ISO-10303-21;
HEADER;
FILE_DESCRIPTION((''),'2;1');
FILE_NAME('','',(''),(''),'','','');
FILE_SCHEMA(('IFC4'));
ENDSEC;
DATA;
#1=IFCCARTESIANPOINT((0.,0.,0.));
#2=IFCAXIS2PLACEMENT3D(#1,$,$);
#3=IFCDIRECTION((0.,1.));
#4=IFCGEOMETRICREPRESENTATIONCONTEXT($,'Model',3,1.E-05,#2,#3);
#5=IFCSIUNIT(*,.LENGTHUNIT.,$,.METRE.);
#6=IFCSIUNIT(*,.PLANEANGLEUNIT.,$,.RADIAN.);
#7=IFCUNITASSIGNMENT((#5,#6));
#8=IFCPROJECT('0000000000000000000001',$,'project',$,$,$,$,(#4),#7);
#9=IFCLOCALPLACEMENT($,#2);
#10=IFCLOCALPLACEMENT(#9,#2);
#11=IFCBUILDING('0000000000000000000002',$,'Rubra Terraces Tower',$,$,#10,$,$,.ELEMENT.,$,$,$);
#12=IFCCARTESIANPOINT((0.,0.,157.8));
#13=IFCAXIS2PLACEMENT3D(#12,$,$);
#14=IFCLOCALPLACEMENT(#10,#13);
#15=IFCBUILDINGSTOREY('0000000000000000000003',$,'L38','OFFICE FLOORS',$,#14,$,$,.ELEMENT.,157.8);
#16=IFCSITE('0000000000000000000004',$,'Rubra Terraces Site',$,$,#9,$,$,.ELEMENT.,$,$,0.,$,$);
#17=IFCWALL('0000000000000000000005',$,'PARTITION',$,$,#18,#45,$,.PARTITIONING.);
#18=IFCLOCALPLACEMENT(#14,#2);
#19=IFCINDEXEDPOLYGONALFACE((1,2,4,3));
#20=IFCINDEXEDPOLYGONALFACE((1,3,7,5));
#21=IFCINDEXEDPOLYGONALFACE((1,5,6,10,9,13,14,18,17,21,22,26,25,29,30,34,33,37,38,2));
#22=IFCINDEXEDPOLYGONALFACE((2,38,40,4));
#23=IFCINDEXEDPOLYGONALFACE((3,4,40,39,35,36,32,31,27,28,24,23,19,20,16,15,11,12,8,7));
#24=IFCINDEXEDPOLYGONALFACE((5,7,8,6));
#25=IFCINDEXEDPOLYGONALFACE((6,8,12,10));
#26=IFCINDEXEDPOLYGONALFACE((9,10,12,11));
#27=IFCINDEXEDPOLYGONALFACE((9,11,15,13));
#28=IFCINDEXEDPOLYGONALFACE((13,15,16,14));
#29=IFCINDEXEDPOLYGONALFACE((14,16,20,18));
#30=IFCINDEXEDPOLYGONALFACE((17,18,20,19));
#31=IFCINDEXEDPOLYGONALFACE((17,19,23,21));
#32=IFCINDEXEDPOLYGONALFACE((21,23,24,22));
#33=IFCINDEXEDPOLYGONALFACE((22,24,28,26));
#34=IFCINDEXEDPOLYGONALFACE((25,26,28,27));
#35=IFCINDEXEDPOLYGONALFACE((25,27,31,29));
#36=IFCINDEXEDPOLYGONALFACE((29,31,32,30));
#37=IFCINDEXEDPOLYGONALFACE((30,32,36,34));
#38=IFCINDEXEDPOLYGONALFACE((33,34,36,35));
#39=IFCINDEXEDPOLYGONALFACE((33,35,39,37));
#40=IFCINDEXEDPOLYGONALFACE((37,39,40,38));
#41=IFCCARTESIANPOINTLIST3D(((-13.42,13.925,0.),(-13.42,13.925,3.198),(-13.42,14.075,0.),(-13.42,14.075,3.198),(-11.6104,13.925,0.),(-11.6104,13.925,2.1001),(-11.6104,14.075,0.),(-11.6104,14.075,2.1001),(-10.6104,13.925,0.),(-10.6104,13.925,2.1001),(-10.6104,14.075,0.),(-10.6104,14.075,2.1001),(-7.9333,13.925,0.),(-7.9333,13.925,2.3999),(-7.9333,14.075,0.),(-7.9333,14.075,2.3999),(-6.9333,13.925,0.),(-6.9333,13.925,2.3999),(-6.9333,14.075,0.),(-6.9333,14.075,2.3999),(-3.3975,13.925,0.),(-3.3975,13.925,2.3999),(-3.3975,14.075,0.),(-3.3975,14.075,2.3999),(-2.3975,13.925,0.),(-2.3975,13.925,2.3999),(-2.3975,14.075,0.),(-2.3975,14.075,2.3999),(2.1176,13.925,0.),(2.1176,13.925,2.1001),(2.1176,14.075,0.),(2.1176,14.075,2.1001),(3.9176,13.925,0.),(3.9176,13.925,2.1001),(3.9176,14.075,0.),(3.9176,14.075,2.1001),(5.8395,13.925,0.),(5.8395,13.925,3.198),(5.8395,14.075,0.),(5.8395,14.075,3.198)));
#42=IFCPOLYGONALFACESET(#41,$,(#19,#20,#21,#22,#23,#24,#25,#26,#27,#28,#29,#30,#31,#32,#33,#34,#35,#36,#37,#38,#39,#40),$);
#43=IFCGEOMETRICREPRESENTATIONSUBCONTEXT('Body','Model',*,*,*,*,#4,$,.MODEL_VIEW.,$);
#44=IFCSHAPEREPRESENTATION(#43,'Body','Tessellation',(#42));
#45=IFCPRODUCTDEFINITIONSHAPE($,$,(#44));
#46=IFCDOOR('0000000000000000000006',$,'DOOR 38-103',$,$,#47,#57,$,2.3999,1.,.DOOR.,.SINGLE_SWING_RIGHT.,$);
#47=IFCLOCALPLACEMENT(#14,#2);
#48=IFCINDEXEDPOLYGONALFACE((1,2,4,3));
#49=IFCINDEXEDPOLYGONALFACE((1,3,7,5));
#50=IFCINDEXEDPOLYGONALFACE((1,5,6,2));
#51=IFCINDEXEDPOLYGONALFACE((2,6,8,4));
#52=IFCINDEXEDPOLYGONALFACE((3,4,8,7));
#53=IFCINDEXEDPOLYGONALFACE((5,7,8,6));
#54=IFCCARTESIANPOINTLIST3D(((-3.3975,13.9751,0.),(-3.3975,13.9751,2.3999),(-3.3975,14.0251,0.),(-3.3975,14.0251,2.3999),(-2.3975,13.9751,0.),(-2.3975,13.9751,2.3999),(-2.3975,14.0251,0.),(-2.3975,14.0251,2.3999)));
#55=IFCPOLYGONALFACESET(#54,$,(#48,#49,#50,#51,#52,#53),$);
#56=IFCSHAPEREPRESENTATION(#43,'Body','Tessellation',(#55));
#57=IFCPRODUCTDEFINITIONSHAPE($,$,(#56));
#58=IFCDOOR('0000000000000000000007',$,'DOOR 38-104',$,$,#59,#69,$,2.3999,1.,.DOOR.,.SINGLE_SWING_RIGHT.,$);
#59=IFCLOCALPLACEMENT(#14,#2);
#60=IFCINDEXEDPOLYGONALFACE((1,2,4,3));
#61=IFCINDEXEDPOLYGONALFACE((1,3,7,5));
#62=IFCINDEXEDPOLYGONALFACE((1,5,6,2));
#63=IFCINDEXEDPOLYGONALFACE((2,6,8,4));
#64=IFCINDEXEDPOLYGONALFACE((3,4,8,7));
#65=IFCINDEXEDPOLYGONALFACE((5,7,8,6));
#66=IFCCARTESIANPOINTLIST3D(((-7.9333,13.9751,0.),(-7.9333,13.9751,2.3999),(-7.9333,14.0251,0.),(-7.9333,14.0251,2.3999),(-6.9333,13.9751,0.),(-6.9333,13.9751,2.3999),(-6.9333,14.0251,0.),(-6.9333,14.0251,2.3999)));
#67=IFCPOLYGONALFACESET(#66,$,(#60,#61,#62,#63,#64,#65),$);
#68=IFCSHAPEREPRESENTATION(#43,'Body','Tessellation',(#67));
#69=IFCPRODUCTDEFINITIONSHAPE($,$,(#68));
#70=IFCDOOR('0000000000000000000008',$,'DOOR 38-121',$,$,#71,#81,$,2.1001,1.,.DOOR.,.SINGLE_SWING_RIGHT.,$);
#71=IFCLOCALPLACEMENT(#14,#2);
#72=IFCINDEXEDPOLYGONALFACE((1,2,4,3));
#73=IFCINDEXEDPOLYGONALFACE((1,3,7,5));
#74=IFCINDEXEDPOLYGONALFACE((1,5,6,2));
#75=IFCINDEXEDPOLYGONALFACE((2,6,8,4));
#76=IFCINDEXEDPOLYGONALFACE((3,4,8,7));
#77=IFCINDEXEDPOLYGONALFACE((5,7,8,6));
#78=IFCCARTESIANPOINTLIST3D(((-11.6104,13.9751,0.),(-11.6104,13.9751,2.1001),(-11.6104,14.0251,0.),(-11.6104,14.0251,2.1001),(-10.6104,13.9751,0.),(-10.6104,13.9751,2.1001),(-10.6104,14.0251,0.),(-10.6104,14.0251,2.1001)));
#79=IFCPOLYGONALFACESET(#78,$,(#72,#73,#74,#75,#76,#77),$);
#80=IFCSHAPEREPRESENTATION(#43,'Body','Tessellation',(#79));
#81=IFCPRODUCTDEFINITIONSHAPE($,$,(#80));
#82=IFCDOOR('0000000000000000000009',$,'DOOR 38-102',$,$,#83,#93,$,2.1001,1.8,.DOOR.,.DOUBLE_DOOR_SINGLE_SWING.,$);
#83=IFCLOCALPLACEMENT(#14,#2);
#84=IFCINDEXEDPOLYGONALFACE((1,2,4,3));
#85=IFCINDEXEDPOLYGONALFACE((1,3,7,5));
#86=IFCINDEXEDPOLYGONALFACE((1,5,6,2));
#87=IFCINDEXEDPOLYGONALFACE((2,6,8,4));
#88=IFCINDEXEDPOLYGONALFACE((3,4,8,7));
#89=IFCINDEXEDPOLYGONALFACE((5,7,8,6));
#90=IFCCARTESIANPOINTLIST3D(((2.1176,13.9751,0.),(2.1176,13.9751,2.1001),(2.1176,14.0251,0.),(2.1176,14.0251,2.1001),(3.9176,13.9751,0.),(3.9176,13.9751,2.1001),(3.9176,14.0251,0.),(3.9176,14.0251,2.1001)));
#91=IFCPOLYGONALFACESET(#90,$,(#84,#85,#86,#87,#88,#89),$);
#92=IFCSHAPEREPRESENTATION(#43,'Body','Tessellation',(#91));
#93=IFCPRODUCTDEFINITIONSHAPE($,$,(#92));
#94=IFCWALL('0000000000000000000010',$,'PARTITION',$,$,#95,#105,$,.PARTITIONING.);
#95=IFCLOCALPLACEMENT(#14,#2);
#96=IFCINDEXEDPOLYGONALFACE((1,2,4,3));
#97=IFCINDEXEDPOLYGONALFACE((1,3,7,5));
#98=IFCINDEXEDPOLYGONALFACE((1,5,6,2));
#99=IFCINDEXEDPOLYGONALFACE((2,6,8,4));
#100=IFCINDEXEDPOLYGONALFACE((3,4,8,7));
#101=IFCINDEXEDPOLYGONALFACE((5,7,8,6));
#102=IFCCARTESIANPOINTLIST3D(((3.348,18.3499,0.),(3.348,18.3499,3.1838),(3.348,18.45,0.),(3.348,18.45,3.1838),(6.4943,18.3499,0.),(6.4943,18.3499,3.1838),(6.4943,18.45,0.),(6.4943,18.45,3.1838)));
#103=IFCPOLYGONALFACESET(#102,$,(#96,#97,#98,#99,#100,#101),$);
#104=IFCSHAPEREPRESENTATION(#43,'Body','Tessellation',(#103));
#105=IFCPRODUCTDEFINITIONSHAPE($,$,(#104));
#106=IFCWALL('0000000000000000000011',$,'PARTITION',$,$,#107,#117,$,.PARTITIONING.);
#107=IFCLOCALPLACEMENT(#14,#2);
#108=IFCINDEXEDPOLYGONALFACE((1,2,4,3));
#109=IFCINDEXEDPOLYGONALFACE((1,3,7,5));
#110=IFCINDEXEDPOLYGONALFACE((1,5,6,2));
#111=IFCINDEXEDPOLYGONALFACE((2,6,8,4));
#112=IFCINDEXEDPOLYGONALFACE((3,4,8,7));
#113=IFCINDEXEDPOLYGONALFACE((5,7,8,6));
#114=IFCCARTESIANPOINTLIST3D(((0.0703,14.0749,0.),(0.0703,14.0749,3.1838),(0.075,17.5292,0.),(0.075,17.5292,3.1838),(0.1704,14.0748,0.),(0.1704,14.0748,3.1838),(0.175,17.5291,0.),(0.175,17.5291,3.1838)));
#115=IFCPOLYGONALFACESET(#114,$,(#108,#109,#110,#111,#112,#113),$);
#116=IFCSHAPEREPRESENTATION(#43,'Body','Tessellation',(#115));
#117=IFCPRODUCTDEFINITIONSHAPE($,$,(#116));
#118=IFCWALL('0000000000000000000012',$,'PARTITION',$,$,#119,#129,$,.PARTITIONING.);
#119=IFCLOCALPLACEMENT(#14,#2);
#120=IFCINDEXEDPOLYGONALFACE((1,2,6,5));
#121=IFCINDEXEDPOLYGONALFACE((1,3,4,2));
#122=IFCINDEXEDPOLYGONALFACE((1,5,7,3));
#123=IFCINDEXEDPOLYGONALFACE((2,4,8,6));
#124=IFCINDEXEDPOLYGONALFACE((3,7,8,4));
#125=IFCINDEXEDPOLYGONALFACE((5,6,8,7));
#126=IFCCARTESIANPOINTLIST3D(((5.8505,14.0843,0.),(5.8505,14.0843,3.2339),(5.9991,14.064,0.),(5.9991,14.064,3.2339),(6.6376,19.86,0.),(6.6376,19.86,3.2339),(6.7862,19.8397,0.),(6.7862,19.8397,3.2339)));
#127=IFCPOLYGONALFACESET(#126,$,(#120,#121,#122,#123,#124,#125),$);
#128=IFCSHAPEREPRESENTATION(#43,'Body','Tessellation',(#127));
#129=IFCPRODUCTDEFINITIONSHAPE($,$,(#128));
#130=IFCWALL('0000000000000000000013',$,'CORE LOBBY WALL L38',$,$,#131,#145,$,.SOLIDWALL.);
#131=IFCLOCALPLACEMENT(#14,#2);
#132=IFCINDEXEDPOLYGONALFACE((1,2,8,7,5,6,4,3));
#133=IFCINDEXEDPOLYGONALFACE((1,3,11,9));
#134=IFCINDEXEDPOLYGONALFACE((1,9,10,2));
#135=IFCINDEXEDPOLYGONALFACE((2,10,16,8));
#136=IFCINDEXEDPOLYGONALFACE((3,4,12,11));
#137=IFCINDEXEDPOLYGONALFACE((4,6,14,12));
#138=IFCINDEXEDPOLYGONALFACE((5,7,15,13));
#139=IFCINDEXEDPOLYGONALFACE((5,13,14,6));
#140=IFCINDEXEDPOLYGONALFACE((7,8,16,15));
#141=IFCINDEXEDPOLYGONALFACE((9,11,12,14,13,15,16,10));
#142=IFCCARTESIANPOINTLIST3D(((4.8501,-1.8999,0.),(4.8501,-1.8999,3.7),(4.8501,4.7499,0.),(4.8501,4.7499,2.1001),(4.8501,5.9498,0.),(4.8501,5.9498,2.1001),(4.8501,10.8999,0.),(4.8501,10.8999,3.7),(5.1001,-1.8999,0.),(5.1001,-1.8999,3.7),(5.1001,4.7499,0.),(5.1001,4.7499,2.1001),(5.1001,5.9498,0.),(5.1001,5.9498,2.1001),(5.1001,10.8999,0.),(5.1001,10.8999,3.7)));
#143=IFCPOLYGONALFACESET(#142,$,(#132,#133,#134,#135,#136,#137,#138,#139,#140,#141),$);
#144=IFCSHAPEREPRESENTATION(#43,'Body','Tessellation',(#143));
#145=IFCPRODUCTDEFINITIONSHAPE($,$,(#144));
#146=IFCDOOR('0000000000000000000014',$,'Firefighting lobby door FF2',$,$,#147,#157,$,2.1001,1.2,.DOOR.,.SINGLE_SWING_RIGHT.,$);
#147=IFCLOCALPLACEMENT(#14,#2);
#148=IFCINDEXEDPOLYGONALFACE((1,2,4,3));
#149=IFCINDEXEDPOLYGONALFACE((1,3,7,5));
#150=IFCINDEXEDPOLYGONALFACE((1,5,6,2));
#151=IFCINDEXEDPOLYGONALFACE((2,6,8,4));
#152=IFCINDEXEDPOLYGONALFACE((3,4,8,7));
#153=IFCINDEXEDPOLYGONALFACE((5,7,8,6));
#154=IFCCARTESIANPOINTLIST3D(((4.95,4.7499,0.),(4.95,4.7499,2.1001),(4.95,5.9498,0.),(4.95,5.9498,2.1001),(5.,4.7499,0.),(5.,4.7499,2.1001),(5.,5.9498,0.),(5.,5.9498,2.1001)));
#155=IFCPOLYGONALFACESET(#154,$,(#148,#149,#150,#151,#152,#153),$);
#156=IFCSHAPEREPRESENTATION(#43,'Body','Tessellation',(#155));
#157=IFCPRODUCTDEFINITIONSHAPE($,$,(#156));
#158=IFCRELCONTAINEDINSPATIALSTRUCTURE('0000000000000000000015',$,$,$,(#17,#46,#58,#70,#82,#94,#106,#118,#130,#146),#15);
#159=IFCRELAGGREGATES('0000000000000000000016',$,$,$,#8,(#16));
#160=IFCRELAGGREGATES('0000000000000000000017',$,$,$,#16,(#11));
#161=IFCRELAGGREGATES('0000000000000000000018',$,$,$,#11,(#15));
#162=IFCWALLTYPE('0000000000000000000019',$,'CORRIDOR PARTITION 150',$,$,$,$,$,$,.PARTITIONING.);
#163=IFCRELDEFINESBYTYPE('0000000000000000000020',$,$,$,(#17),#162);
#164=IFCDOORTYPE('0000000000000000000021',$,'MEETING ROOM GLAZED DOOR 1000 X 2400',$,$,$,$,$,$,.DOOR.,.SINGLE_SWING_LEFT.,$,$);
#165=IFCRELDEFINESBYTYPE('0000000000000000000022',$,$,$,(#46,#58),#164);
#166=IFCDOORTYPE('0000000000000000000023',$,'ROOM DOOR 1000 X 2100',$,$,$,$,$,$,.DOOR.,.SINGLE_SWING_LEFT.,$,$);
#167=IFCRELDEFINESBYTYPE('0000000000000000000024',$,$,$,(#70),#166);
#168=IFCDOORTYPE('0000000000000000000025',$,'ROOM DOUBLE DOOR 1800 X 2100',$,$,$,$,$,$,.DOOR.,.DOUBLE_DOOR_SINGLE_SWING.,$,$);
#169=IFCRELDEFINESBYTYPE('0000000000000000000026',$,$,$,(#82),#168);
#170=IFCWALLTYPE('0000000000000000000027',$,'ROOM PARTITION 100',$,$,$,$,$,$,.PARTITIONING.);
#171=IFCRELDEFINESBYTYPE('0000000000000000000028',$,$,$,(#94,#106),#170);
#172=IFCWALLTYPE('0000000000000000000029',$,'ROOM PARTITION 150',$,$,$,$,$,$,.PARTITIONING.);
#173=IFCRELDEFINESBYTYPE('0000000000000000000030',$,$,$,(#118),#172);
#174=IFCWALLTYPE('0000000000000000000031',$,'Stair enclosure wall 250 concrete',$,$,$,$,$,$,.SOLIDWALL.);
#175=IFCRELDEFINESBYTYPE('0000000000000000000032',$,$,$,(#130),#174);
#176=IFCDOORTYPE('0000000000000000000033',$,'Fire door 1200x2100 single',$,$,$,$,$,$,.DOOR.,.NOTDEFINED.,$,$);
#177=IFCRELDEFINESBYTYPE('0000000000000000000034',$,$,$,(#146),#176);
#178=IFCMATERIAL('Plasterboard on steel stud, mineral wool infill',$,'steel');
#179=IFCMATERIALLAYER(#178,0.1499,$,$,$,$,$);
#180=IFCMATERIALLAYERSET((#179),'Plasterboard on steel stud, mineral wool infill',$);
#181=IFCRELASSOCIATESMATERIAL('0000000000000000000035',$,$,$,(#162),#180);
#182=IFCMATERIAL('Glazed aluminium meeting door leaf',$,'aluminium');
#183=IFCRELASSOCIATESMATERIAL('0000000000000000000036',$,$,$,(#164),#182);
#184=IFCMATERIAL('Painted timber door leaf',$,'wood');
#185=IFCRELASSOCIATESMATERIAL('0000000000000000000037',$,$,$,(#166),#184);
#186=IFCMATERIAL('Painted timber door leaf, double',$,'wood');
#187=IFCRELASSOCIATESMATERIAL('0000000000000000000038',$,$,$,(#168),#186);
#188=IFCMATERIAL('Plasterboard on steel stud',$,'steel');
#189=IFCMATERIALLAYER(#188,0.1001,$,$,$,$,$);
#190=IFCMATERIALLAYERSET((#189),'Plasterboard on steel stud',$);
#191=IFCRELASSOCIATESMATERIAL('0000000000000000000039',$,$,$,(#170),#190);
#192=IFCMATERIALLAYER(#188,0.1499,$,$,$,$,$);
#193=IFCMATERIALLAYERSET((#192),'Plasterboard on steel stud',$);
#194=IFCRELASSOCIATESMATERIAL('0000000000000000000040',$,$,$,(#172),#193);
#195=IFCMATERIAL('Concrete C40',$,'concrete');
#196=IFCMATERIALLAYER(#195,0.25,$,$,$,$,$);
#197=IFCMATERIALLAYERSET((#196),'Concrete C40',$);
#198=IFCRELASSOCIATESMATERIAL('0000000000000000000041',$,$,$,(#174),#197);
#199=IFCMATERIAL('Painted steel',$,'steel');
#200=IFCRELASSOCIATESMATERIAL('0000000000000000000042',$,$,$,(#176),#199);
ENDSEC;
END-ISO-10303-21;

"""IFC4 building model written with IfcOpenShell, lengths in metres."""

from ifc_helpers import new_model, si_unit, direction, frame, frame_2d, origin, place, context, subcontext, project, spatial, rectangle, extrude, material, layer, layer_set, type_object, element, fill, save


model = new_model("IFC4")

# Units and contexts
model_context = context("Model", 3, precision=1e-05, world=origin(), true_north=direction((0.0, 1.0)))
body_context = subcontext(model_context, "Body", "Model", "MODEL_VIEW")
ifc_project = project(units=[si_unit("LENGTHUNIT", "METRE"), si_unit("PLANEANGLEUNIT", "RADIAN")], contexts=[model_context])

# Site, building, storey
site_placement = place(None, origin())
site = spatial("IfcSite", under=ifc_project, at=site_placement, Name="Rubra Terraces Site", CompositionType="ELEMENT", RefElevation=0.0)
building_placement = place(site_placement, origin())
building = spatial("IfcBuilding", under=site, at=building_placement, Name="Rubra Terraces Tower", CompositionType="ELEMENT")
storey_placement = place(building_placement, frame((0.0, 0.0, 157.8)))
storey = spatial("IfcBuildingStorey", under=building, at=storey_placement, Name="L38", Description="OFFICE FLOORS", CompositionType="ELEMENT", Elevation=157.8)

# Wall, openings, doors
ifc_material_1 = material(Name="Plasterboard on steel stud, mineral wool infill", Category="steel")
ifc_layer_1 = layer(ifc_material_1, 0.1499)
ifc_layer_set_1 = layer_set([ifc_layer_1], Name="Plasterboard on steel stud, mineral wool infill")
wall_type_1 = type_object("IfcWallType", Name="CORRIDOR PARTITION 150", PredefinedType="PARTITIONING", material=ifc_layer_set_1)
wall_1_placement = place(storey_placement, frame((5.8396, 14.0, 0.0), z_axis=(0.0, 0.0, 1.0), x_axis=(-1.0, 0.0, 0.0)))
wall_1 = element("IfcWall", 1, at=wall_1_placement, inside=storey, type_object=wall_type_1, Name="PARTITION", PredefinedType="PARTITIONING", context=body_context, shape_type="SweptSolid", body=[
    extrude(rectangle(XDim=19.2595, YDim=0.1499, at=frame_2d((9.6299, 0.0))), origin(), (0.0, 0.0, 1.0), 3.198),
])
opening_1_placement = place(wall_1_placement, frame((1.9221, 0.0, 0.0)))
opening_1 = element("IfcOpeningElement", 2, at=opening_1_placement, cuts=wall_1, PredefinedType="OPENING", context=body_context, shape_type="SweptSolid", body=[
    extrude(rectangle(XDim=1.8, YDim=2.1001, at=frame_2d((0.8999, 1.05))), frame((0.0, 0.085, 0.0), z_axis=(0.0, -1.0, 0.0), x_axis=(1.0, 0.0, 0.0)), (0.0, 0.0, 1.0), 0.1699),
])
opening_2_placement = place(wall_1_placement, frame((8.2371, 0.0, 0.0)))
opening_2 = element("IfcOpeningElement", 3, at=opening_2_placement, cuts=wall_1, PredefinedType="OPENING", context=body_context, shape_type="SweptSolid", body=[
    extrude(rectangle(XDim=1.0, YDim=2.3999, at=frame_2d((0.5, 1.2))), frame((0.0, 0.085, 0.0), z_axis=(0.0, -1.0, 0.0), x_axis=(1.0, 0.0, 0.0)), (0.0, 0.0, 1.0), 0.1699),
])
opening_3_placement = place(wall_1_placement, frame((12.7729, 0.0, 0.0)))
opening_3 = element("IfcOpeningElement", 4, at=opening_3_placement, cuts=wall_1, PredefinedType="OPENING", context=body_context, shape_type="SweptSolid", body=[
    extrude(rectangle(XDim=1.0, YDim=2.3999, at=frame_2d((0.5, 1.2))), frame((0.0, 0.085, 0.0), z_axis=(0.0, -1.0, 0.0), x_axis=(1.0, 0.0, 0.0)), (0.0, 0.0, 1.0), 0.1699),
])
opening_4_placement = place(wall_1_placement, frame((16.45, 0.0, 0.0)))
opening_4 = element("IfcOpeningElement", 5, at=opening_4_placement, cuts=wall_1, PredefinedType="OPENING", context=body_context, shape_type="SweptSolid", body=[
    extrude(rectangle(XDim=1.0, YDim=2.1001, at=frame_2d((0.5, 1.05))), frame((0.0, 0.085, 0.0), z_axis=(0.0, -1.0, 0.0), x_axis=(1.0, 0.0, 0.0)), (0.0, 0.0, 1.0), 0.1699),
])
ifc_material_2 = material(Name="Glazed aluminium meeting door leaf", Category="aluminium")
door_type_1 = type_object("IfcDoorType", Name="MEETING ROOM GLAZED DOOR 1000 X 2400", OperationType="SINGLE_SWING_LEFT", PredefinedType="DOOR", material=ifc_material_2)
door_1_placement = place(opening_2_placement, origin())
door_1 = element("IfcDoor", 6, at=door_1_placement, inside=storey, type_object=door_type_1, Name="DOOR 38-103", OperationType="SINGLE_SWING_RIGHT", OverallHeight=2.3999, OverallWidth=1.0, PredefinedType="DOOR", context=body_context, shape_type="SweptSolid", body=[
    extrude(rectangle(XDim=1.0, YDim=2.3999, at=frame_2d((0.5, 1.2))), frame((0.0, 0.0249, 0.0), z_axis=(0.0, -1.0, 0.0), x_axis=(1.0, 0.0, 0.0)), (0.0, 0.0, 1.0), 0.05),
])
fill(opening_2, door_1)
door_2_placement = place(opening_3_placement, origin())
door_2 = element("IfcDoor", 7, at=door_2_placement, inside=storey, type_object=door_type_1, Name="DOOR 38-104", OperationType="SINGLE_SWING_RIGHT", OverallHeight=2.3999, OverallWidth=1.0, PredefinedType="DOOR", context=body_context, shape_type="SweptSolid", body=[
    extrude(rectangle(XDim=1.0, YDim=2.3999, at=frame_2d((0.5, 1.2))), frame((0.0, 0.0249, 0.0), z_axis=(0.0, -1.0, 0.0), x_axis=(1.0, 0.0, 0.0)), (0.0, 0.0, 1.0), 0.05),
])
fill(opening_3, door_2)
ifc_material_3 = material(Name="Painted timber door leaf", Category="wood")
door_type_2 = type_object("IfcDoorType", Name="ROOM DOOR 1000 X 2100", OperationType="SINGLE_SWING_LEFT", PredefinedType="DOOR", material=ifc_material_3)
door_3_placement = place(opening_4_placement, origin())
door_3 = element("IfcDoor", 8, at=door_3_placement, inside=storey, type_object=door_type_2, Name="DOOR 38-121", OperationType="SINGLE_SWING_RIGHT", OverallHeight=2.1001, OverallWidth=1.0, PredefinedType="DOOR", context=body_context, shape_type="SweptSolid", body=[
    extrude(rectangle(XDim=1.0, YDim=2.1001, at=frame_2d((0.5, 1.05))), frame((0.0, 0.0249, 0.0), z_axis=(0.0, -1.0, 0.0), x_axis=(1.0, 0.0, 0.0)), (0.0, 0.0, 1.0), 0.05),
])
fill(opening_4, door_3)
ifc_material_4 = material(Name="Painted timber door leaf, double", Category="wood")
door_type_3 = type_object("IfcDoorType", Name="ROOM DOUBLE DOOR 1800 X 2100", OperationType="DOUBLE_DOOR_SINGLE_SWING", PredefinedType="DOOR", material=ifc_material_4)
door_4_placement = place(opening_1_placement, origin())
door_4 = element("IfcDoor", 9, at=door_4_placement, inside=storey, type_object=door_type_3, Name="DOOR 38-102", OperationType="DOUBLE_DOOR_SINGLE_SWING", OverallHeight=2.1001, OverallWidth=1.8, PredefinedType="DOOR", context=body_context, shape_type="SweptSolid", body=[
    extrude(rectangle(XDim=1.8, YDim=2.1001, at=frame_2d((0.8999, 1.05))), frame((0.0, 0.0249, 0.0), z_axis=(0.0, -1.0, 0.0), x_axis=(1.0, 0.0, 0.0)), (0.0, 0.0, 1.0), 0.05),
])
fill(opening_1, door_4)

# Walls
ifc_material_5 = material(Name="Plasterboard on steel stud", Category="steel")
ifc_layer_2 = layer(ifc_material_5, 0.1001)
ifc_layer_set_2 = layer_set([ifc_layer_2], Name="Plasterboard on steel stud")
wall_type_2 = type_object("IfcWallType", Name="ROOM PARTITION 100", PredefinedType="PARTITIONING", material=ifc_layer_set_2)
wall_2_placement = place(storey_placement, frame((3.3479, 18.3999, 0.0), z_axis=(0.0, 0.0, 1.0), x_axis=(1.0, 0.0, 0.0)))
element("IfcWall", 10, at=wall_2_placement, inside=storey, type_object=wall_type_2, Name="PARTITION", PredefinedType="PARTITIONING", context=body_context, shape_type="SweptSolid", body=[
    extrude(rectangle(XDim=3.1462, YDim=0.1001, at=frame_2d((1.5732, 0.0))), origin(), (0.0, 0.0, 1.0), 3.1838),
])
wall_3_placement = place(storey_placement, frame((0.1204, 14.075, 0.0), z_axis=(0.0, 0.0, 1.0), x_axis=(0.001343, 0.999999, 0.0)))
element("IfcWall", 11, at=wall_3_placement, inside=storey, type_object=wall_type_2, Name="PARTITION", PredefinedType="PARTITIONING", context=body_context, shape_type="SweptSolid", body=[
    extrude(rectangle(XDim=3.4543, YDim=0.1001, at=frame_2d((1.7271, 0.0))), origin(), (0.0, 0.0, 1.0), 3.1838),
])
ifc_layer_3 = layer(ifc_material_5, 0.1499)
ifc_layer_set_3 = layer_set([ifc_layer_3], Name="Plasterboard on steel stud")
wall_type_3 = type_object("IfcWallType", Name="ROOM PARTITION 150", PredefinedType="PARTITIONING", material=ifc_layer_set_3)
wall_4_placement = place(storey_placement, frame((6.7119, 19.8499, 0.0), z_axis=(0.0, 0.0, 1.0), x_axis=(-0.135033, -0.990841, 0.0)))
element("IfcWall", 12, at=wall_4_placement, inside=storey, type_object=wall_type_3, Name="PARTITION", PredefinedType="PARTITIONING", context=body_context, shape_type="SweptSolid", body=[
    extrude(rectangle(XDim=5.8291, YDim=0.1499, at=frame_2d((2.9146, 0.0))), origin(), (0.0, 0.0, 1.0), 3.2339),
])

# Wall, opening, door
ifc_material_6 = material(Name="Concrete C40", Category="concrete")
ifc_layer_4 = layer(ifc_material_6, 0.25)
ifc_layer_set_4 = layer_set([ifc_layer_4], Name="Concrete C40")
wall_type_4 = type_object("IfcWallType", Name="Stair enclosure wall 250 concrete", PredefinedType="SOLIDWALL", material=ifc_layer_set_4)
wall_5_placement = place(storey_placement, frame((4.9751, 10.8999, 0.0), z_axis=(0.0, 0.0, 1.0), x_axis=(0.0, -1.0, 0.0)))
wall_5 = element("IfcWall", 13, at=wall_5_placement, inside=storey, type_object=wall_type_4, Name="CORE LOBBY WALL L38", PredefinedType="SOLIDWALL", context=body_context, shape_type="SweptSolid", body=[
    extrude(rectangle(XDim=12.7998, YDim=0.25, at=frame_2d((6.3999, 0.0))), origin(), (0.0, 0.0, 1.0), 3.7),
])
opening_5_placement = place(wall_5_placement, frame((4.95, 0.0, 0.0)))
opening_5 = element("IfcOpeningElement", 14, at=opening_5_placement, cuts=wall_5, PredefinedType="OPENING", context=body_context, shape_type="SweptSolid", body=[
    extrude(rectangle(XDim=1.2, YDim=2.1001, at=frame_2d((0.6001, 1.05))), frame((0.0, 0.135, 0.0), z_axis=(0.0, -1.0, 0.0), x_axis=(1.0, 0.0, 0.0)), (0.0, 0.0, 1.0), 0.27),
])
ifc_material_7 = material(Name="Painted steel", Category="steel")
door_type_4 = type_object("IfcDoorType", Name="Fire door 1200x2100 single", OperationType="NOTDEFINED", PredefinedType="DOOR", material=ifc_material_7)
door_5_placement = place(opening_5_placement, origin())
door_5 = element("IfcDoor", 15, at=door_5_placement, inside=storey, type_object=door_type_4, Name="Firefighting lobby door FF2", OperationType="SINGLE_SWING_RIGHT", OverallHeight=2.1001, OverallWidth=1.2, PredefinedType="DOOR", context=body_context, shape_type="SweptSolid", body=[
    extrude(rectangle(XDim=1.2, YDim=2.1001, at=frame_2d((0.6001, 1.05))), frame((0.0, 0.0249, 0.0), z_axis=(0.0, -1.0, 0.0), x_axis=(1.0, 0.0, 0.0)), (0.0, 0.0, 1.0), 0.05),
])
fill(opening_5, door_5)

save(model, "model.ifc")
